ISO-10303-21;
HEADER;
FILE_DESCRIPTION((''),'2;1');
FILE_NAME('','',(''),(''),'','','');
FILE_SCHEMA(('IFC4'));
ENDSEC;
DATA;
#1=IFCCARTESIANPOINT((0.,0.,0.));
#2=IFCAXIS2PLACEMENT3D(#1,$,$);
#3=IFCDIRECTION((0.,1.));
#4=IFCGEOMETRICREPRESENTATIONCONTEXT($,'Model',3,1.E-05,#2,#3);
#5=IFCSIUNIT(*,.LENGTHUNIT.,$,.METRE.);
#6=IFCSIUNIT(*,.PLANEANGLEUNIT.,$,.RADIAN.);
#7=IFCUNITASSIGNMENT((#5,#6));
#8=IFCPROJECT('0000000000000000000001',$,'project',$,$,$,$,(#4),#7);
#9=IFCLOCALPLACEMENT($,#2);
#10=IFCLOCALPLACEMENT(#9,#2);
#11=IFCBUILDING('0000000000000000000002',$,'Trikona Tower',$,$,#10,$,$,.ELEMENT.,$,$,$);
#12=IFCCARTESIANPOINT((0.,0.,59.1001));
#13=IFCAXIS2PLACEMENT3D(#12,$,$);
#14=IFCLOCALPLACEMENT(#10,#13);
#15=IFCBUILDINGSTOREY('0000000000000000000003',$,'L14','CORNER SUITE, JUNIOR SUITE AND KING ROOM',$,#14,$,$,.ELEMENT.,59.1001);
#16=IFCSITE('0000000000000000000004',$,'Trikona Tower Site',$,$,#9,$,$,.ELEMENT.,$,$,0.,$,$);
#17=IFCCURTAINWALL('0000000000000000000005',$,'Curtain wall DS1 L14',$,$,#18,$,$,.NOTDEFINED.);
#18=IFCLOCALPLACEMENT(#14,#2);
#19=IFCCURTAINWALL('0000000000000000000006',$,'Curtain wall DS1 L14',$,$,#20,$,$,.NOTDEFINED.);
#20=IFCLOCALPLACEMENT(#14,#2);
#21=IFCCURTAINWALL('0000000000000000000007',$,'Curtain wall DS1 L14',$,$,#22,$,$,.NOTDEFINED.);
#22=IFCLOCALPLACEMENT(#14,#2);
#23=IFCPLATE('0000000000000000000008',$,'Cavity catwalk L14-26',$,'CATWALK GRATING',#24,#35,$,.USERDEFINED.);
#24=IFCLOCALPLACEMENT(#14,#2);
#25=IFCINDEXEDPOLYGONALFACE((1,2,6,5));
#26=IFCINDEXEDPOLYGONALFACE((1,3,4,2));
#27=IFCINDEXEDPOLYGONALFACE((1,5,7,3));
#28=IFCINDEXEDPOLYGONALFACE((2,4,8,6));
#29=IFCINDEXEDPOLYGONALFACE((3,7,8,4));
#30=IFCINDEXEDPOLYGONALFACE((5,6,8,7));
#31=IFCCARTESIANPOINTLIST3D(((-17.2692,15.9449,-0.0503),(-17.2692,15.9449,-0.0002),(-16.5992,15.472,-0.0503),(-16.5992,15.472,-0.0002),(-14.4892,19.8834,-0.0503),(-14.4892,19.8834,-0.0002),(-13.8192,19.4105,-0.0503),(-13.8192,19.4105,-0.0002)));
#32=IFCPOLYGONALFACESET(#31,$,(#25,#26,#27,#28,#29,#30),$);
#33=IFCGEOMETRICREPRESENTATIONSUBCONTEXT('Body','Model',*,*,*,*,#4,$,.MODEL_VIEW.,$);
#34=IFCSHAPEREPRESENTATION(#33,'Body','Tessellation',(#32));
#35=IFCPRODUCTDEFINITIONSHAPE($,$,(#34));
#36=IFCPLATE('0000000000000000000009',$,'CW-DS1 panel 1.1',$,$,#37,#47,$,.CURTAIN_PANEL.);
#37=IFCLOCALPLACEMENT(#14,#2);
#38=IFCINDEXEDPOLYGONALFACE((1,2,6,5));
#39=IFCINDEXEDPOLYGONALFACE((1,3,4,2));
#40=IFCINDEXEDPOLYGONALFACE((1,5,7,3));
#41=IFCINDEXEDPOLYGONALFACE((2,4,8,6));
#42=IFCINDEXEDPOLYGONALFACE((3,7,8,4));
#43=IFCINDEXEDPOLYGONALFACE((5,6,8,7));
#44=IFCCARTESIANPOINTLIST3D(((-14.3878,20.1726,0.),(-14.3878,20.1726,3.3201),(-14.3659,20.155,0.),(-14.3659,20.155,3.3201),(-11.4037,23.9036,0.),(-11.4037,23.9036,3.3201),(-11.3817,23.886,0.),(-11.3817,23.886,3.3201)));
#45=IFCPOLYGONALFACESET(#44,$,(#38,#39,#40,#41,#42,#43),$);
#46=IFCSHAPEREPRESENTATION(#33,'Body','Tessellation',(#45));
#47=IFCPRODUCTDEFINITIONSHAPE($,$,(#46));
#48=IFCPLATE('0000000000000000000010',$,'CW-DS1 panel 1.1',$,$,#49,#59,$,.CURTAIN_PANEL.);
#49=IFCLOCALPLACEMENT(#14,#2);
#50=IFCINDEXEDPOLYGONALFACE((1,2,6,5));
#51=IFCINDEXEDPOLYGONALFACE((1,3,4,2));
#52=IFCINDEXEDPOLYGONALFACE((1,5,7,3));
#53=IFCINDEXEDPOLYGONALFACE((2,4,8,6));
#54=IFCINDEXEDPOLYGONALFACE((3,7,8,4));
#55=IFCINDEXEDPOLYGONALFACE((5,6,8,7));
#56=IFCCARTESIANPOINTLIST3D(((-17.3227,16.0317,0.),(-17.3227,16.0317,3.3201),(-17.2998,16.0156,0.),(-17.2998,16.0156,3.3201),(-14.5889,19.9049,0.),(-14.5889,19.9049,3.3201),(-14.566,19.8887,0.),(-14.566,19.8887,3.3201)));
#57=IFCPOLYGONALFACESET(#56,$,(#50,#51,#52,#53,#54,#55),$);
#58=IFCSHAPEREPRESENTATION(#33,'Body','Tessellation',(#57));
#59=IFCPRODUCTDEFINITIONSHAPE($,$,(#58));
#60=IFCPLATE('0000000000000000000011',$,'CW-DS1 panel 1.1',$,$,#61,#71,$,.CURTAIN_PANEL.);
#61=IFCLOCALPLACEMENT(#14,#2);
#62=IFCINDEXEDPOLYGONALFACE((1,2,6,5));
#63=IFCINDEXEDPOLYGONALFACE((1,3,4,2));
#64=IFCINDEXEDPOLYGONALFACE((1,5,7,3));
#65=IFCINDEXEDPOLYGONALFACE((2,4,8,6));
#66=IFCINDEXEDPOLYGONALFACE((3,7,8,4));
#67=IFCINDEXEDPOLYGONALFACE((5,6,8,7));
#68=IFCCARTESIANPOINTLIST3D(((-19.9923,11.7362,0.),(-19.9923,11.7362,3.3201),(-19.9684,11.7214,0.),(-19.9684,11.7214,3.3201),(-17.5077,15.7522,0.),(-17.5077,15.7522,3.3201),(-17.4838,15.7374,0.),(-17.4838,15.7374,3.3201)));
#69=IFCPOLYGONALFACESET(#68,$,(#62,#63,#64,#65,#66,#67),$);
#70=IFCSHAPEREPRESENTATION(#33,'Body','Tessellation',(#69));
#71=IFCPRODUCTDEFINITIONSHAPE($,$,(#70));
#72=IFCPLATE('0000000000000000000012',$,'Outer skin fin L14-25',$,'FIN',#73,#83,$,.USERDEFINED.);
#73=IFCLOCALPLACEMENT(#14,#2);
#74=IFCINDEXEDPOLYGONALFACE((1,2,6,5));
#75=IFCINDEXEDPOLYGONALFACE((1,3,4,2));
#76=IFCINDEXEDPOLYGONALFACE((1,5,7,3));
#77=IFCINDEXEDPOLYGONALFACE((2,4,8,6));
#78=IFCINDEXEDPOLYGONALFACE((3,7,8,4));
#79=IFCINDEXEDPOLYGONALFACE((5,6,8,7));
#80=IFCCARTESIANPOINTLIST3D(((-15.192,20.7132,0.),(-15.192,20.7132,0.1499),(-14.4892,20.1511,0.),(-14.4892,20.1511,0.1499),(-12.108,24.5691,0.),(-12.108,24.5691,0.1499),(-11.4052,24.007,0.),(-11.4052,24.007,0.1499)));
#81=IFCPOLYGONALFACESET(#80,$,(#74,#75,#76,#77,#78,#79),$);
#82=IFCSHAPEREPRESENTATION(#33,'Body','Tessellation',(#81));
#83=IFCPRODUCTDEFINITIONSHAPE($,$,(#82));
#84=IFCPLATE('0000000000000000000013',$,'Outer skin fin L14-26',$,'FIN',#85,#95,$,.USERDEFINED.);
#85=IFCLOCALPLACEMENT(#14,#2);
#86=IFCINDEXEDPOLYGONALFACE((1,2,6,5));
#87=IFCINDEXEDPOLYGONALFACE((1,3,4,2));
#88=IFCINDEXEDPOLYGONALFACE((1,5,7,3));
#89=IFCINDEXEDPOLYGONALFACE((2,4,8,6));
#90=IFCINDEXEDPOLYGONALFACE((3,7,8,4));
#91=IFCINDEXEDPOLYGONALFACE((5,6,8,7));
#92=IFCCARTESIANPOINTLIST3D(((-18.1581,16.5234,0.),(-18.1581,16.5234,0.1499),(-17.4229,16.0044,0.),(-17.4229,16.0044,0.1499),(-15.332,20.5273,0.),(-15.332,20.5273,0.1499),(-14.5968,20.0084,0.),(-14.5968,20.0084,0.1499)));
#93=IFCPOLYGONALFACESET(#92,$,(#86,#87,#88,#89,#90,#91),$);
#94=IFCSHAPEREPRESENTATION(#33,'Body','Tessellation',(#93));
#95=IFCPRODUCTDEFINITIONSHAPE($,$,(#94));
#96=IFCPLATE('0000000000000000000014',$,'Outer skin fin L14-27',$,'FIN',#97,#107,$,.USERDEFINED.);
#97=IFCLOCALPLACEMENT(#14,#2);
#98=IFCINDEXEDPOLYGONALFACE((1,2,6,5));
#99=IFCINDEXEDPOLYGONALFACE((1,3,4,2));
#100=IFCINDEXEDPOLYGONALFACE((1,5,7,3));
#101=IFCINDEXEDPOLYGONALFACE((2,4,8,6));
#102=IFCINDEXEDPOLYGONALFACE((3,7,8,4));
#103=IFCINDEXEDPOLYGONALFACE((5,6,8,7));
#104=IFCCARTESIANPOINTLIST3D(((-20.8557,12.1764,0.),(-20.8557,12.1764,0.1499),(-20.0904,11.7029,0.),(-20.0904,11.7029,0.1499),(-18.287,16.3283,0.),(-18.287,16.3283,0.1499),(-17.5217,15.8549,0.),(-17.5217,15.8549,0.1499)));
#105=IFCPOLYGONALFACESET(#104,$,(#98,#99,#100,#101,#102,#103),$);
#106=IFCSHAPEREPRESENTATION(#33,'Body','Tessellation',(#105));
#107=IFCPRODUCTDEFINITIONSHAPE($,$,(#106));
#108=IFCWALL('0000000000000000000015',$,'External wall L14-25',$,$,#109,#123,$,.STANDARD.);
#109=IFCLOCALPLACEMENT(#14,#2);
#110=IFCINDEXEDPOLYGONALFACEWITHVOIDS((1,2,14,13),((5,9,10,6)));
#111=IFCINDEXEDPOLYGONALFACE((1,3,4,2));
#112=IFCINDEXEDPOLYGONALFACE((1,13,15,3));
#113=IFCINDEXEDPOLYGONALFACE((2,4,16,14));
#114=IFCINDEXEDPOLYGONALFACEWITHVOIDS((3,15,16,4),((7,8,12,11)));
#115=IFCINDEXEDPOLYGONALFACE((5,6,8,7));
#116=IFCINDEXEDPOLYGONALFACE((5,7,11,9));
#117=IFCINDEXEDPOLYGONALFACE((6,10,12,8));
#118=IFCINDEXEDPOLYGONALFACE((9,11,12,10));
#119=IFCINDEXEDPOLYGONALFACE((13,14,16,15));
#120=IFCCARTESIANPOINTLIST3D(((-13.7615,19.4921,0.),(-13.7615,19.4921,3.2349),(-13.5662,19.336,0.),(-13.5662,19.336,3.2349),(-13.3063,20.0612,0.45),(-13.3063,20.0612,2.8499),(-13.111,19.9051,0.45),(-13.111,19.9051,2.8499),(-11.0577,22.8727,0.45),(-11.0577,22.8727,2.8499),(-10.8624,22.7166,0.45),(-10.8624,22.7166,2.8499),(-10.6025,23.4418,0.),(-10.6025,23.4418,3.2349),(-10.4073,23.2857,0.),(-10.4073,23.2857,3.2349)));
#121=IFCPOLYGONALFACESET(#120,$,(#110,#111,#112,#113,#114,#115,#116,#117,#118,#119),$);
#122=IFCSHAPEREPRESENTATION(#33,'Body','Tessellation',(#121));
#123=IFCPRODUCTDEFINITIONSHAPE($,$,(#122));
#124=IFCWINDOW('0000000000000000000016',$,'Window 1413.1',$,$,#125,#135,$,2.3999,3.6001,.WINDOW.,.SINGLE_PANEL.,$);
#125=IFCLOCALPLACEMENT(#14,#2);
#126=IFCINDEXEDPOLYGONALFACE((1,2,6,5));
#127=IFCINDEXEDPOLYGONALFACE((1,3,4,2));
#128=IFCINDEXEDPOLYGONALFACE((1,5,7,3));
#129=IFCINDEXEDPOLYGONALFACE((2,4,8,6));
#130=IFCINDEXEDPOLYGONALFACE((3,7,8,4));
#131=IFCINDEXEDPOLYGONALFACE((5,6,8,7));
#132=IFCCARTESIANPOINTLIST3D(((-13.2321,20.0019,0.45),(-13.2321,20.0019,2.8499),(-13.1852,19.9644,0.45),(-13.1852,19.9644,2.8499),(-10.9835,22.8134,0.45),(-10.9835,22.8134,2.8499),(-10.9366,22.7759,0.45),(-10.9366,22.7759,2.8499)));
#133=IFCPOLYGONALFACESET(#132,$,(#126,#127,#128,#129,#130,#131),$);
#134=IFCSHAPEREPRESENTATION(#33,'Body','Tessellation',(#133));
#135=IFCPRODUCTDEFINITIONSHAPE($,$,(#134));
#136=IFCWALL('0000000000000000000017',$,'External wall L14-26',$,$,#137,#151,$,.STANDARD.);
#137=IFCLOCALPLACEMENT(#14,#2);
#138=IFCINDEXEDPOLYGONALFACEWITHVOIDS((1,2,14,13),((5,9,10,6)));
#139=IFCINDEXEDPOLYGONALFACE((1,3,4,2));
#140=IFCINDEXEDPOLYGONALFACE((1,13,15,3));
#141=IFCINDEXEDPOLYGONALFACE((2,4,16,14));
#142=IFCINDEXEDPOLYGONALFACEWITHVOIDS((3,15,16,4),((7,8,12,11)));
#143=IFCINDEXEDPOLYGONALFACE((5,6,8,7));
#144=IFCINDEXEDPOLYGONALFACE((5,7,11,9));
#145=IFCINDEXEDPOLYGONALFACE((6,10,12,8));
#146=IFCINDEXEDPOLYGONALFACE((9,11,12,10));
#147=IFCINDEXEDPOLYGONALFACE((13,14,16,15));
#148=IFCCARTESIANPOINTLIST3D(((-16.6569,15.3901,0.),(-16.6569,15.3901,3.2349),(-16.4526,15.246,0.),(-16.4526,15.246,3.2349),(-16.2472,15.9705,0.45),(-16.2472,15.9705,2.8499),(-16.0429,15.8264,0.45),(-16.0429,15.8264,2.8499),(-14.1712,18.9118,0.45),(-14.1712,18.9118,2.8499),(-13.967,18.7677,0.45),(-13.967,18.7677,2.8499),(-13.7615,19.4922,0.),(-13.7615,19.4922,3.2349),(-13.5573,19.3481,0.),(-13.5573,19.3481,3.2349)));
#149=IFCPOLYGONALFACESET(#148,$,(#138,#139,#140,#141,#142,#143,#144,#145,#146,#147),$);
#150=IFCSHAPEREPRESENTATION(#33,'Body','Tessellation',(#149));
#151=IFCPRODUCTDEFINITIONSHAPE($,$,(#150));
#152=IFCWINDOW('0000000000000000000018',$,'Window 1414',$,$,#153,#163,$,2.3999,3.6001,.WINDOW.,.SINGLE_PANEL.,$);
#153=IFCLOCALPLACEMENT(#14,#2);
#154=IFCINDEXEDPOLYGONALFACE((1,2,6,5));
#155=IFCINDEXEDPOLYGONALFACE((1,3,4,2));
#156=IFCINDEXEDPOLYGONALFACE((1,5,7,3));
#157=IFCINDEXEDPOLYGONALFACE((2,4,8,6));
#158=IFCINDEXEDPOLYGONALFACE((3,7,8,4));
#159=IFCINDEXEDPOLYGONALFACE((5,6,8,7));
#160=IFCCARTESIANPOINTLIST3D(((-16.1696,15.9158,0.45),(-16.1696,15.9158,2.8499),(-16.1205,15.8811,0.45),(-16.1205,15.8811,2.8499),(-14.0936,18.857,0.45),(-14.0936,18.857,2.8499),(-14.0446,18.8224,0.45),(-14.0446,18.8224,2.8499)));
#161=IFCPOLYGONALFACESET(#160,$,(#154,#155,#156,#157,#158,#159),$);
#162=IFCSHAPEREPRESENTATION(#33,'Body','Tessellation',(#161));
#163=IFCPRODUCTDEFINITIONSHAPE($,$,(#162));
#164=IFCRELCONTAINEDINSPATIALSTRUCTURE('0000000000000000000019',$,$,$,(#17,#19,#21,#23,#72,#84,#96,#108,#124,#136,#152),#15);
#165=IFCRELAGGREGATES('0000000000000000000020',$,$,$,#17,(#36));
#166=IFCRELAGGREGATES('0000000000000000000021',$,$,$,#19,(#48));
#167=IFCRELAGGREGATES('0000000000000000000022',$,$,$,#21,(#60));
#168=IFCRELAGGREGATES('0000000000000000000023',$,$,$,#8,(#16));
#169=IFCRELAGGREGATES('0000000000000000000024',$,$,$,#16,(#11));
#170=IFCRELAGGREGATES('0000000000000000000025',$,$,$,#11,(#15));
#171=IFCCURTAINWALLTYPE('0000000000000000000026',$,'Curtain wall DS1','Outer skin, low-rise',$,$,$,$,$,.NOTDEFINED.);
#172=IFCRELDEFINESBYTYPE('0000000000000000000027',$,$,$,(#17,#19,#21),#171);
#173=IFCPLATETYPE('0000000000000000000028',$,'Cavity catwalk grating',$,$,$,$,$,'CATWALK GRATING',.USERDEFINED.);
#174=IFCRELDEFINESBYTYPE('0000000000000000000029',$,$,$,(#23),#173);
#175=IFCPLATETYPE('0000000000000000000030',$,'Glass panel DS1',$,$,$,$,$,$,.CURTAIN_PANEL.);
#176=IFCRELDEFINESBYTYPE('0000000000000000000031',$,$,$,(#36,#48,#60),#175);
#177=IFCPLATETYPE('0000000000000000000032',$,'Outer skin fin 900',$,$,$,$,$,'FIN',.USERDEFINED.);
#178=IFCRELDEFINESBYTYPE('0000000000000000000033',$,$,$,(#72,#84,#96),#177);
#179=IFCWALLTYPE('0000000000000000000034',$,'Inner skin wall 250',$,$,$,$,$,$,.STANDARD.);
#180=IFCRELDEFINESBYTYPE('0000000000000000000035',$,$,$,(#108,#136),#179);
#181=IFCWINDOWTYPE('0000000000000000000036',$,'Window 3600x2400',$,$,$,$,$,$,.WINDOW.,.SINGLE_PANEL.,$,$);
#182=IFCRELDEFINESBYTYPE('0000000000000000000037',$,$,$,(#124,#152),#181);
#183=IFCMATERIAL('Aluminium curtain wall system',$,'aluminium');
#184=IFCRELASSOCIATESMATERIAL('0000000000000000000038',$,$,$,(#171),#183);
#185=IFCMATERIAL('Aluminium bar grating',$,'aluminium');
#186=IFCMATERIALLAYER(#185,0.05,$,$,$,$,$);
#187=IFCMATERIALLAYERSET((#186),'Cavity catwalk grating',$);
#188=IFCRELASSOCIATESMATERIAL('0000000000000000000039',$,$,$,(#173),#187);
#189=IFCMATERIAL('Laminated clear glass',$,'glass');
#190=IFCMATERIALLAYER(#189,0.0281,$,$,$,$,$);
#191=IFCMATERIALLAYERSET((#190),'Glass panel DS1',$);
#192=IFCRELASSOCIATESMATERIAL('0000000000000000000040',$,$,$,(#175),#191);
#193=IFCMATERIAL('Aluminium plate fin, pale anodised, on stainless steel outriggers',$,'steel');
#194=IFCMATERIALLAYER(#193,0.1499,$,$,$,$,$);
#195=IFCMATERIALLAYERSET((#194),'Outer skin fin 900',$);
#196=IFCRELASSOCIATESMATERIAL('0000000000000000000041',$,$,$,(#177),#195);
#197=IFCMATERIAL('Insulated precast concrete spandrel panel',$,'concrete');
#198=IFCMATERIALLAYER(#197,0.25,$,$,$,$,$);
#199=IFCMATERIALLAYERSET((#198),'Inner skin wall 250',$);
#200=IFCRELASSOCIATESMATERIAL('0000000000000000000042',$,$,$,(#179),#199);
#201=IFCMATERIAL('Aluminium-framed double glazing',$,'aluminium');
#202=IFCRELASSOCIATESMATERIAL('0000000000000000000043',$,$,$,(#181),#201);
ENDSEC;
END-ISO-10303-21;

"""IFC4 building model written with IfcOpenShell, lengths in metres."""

from ifc_helpers import new_model, si_unit, direction, frame, frame_2d, origin, origin_2d, place, context, subcontext, project, spatial, rectangle, extrude, material, layer, layer_set, type_object, element, fill, aggregate, save


model = new_model("IFC4")

# Units and contexts
model_context = context("Model", 3, precision=1e-05, world=origin(), true_north=direction((0.0, 1.0)))
body_context = subcontext(model_context, "Body", "Model", "MODEL_VIEW")
ifc_project = project(units=[si_unit("LENGTHUNIT", "METRE"), si_unit("PLANEANGLEUNIT", "RADIAN")], contexts=[model_context])

# Site, building, storey
site_placement = place(None, origin())
site = spatial("IfcSite", under=ifc_project, at=site_placement, Name="Trikona Tower Site", CompositionType="ELEMENT", RefElevation=0.0)
building_placement = place(site_placement, origin())
building = spatial("IfcBuilding", under=site, at=building_placement, Name="Trikona Tower", CompositionType="ELEMENT")
storey_placement = place(building_placement, frame((0.0, 0.0, 59.1001)))
storey = spatial("IfcBuildingStorey", under=building, at=storey_placement, Name="L14", Description="CORNER SUITE, JUNIOR SUITE AND KING ROOM", CompositionType="ELEMENT", Elevation=59.1001)

# Shared definitions
ifc_material_1 = material(Name="Aluminium curtain wall system", Category="aluminium")
curtain_wall_type = type_object("IfcCurtainWallType", Name="Curtain wall DS1", Description="Outer skin, low-rise", PredefinedType="NOTDEFINED", material=ifc_material_1)

# Curtain walls
curtain_wall_1_placement = place(storey_placement, origin())
curtain_wall_1 = element("IfcCurtainWall", 1, at=curtain_wall_1_placement, inside=storey, type_object=curtain_wall_type, Name="Curtain wall DS1 L14", PredefinedType="NOTDEFINED")
curtain_wall_2_placement = place(storey_placement, origin())
curtain_wall_2 = element("IfcCurtainWall", 2, at=curtain_wall_2_placement, inside=storey, type_object=curtain_wall_type, Name="Curtain wall DS1 L14", PredefinedType="NOTDEFINED")

# Curtain wall
curtain_wall_3_placement = place(storey_placement, origin())
curtain_wall_3 = element("IfcCurtainWall", 3, at=curtain_wall_3_placement, inside=storey, type_object=curtain_wall_type, Name="Curtain wall DS1 L14", PredefinedType="NOTDEFINED")

# Plate
ifc_material_2 = material(Name="Aluminium bar grating", Category="aluminium")
ifc_layer_1 = layer(ifc_material_2, 0.05)
ifc_layer_set_1 = layer_set([ifc_layer_1], Name="Cavity catwalk grating")
plate_type_1 = type_object("IfcPlateType", Name="Cavity catwalk grating", ElementType="CATWALK GRATING", PredefinedType="USERDEFINED", material=ifc_layer_set_1)
plate_1_placement = place(storey_placement, frame((-15.5442, 17.6777, -0.0503), z_axis=(0.0, 0.0, 1.0), x_axis=(-0.576662, -0.816983, 0.0)))
element("IfcPlate", 4, at=plate_1_placement, inside=storey, type_object=plate_type_1, Name="Cavity catwalk L14-26", ObjectType="CATWALK GRATING", PredefinedType="USERDEFINED", context=body_context, shape_type="SweptSolid", body=[
    extrude(rectangle(XDim=4.8208, YDim=0.8201, at=origin_2d()), origin(), (0.0, 0.0, 1.0), 0.05),
])

# Plates
ifc_material_3 = material(Name="Laminated clear glass", Category="glass")
ifc_layer_2 = layer(ifc_material_3, 0.0281)
ifc_layer_set_2 = layer_set([ifc_layer_2], Name="Glass panel DS1")
plate_type_2 = type_object("IfcPlateType", Name="Glass panel DS1", PredefinedType="CURTAIN_PANEL", material=ifc_layer_set_2)
plate_2_placement = place(storey_placement, frame((-12.8848, 22.0293, 0.0), z_axis=(0.0, 0.0, 1.0), x_axis=(-0.624609, -0.780938, 0.0)))
plate_2 = element("IfcPlate", 5, at=plate_2_placement, type_object=plate_type_2, Name="CW-DS1 panel 1.1", PredefinedType="CURTAIN_PANEL", context=body_context, shape_type="SweptSolid", body=[
    extrude(rectangle(XDim=4.7776, YDim=0.0281, at=origin_2d()), origin(), (0.0, 0.0, 1.0), 3.3201),
])
aggregate(curtain_wall_1, [plate_2])
plate_3_placement = place(storey_placement, frame((-15.9443, 17.9602, 0.0), z_axis=(0.0, 0.0, 1.0), x_axis=(-0.576658, -0.816985, 0.0)))
plate_3 = element("IfcPlate", 6, at=plate_3_placement, type_object=plate_type_2, Name="CW-DS1 panel 1.1", PredefinedType="CURTAIN_PANEL", context=body_context, shape_type="SweptSolid", body=[
    extrude(rectangle(XDim=4.7407, YDim=0.0281, at=origin_2d()), origin(), (0.0, 0.0, 1.0), 3.3201),
])
aggregate(curtain_wall_2, [plate_3])
plate_4_placement = place(storey_placement, frame((-18.738, 13.7368, 0.0), z_axis=(0.0, 0.0, 1.0), x_axis=(-0.52612, -0.85041, 0.0)))
plate_4 = element("IfcPlate", 7, at=plate_4_placement, type_object=plate_type_2, Name="CW-DS1 panel 1.1", PredefinedType="CURTAIN_PANEL", context=body_context, shape_type="SweptSolid", body=[
    extrude(rectangle(XDim=4.7224, YDim=0.0281, at=origin_2d()), origin(), (0.0, 0.0, 1.0), 3.3201),
])
aggregate(curtain_wall_3, [plate_4])

# Plates
ifc_material_4 = material(Name="Aluminium plate fin, pale anodised, on stainless steel outriggers", Category="steel")
ifc_layer_3 = layer(ifc_material_4, 0.1499)
ifc_layer_set_3 = layer_set([ifc_layer_3], Name="Outer skin fin 900")
plate_type_3 = type_object("IfcPlateType", Name="Outer skin fin 900", ElementType="FIN", PredefinedType="USERDEFINED", material=ifc_layer_set_3)
plate_5_placement = place(storey_placement, frame((-13.2986, 22.3601, 0.0), z_axis=(0.0, 0.0, 1.0), x_axis=(-0.624604, -0.780942, 0.0)))
element("IfcPlate", 8, at=plate_5_placement, inside=storey, type_object=plate_type_3, Name="Outer skin fin L14-25", ObjectType="FIN", PredefinedType="USERDEFINED", context=body_context, shape_type="SweptSolid", body=[
    extrude(rectangle(XDim=4.9375, YDim=0.8999, at=origin_2d()), origin(), (0.0, 0.0, 1.0), 0.1499),
])
plate_6_placement = place(storey_placement, frame((-16.3774, 18.2659, 0.0), z_axis=(0.0, 0.0, 1.0), x_axis=(-0.576662, -0.816983, 0.0)))
element("IfcPlate", 9, at=plate_6_placement, inside=storey, type_object=plate_type_3, Name="Outer skin fin L14-26", ObjectType="FIN", PredefinedType="USERDEFINED", context=body_context, shape_type="SweptSolid", body=[
    extrude(rectangle(XDim=4.9009, YDim=0.8999, at=origin_2d()), origin(), (0.0, 0.0, 1.0), 0.1499),
])
plate_7_placement = place(storey_placement, frame((-19.1887, 14.0156, 0.0), z_axis=(0.0, 0.0, 1.0), x_axis=(-0.526119, -0.850411, 0.0)))
element("IfcPlate", 10, at=plate_7_placement, inside=storey, type_object=plate_type_3, Name="Outer skin fin L14-27", ObjectType="FIN", PredefinedType="USERDEFINED", context=body_context, shape_type="SweptSolid", body=[
    extrude(rectangle(XDim=4.8823, YDim=0.8999, at=origin_2d()), origin(), (0.0, 0.0, 1.0), 0.1499),
])

# Walls, openings, windows
ifc_material_5 = material(Name="Insulated precast concrete spandrel panel", Category="concrete")
ifc_layer_4 = layer(ifc_material_5, 0.25)
ifc_layer_set_4 = layer_set([ifc_layer_4], Name="Inner skin wall 250")
wall_type = type_object("IfcWallType", Name="Inner skin wall 250", PredefinedType="STANDARD", material=ifc_layer_set_4)
wall_1_placement = place(storey_placement, frame((-10.5049, 23.3638, 0.0), z_axis=(0.0, 0.0, 1.0), x_axis=(-0.624595, -0.780949, 0.0)))
wall_1 = element("IfcWall", 11, at=wall_1_placement, inside=storey, type_object=wall_type, Name="External wall L14-25", PredefinedType="STANDARD", context=body_context, shape_type="SweptSolid", body=[
    extrude(rectangle(XDim=5.0576, YDim=0.25, at=frame_2d((2.5288, 0.0))), origin(), (0.0, 0.0, 1.0), 3.2349),
])
opening_1_placement = place(wall_1_placement, frame((0.7288, 0.0, 0.45)))
opening_1 = element("IfcOpeningElement", 12, at=opening_1_placement, cuts=wall_1, PredefinedType="OPENING", context=body_context, shape_type="SweptSolid", body=[
    extrude(rectangle(XDim=3.6001, YDim=2.3999, at=frame_2d((1.8, 1.2))), frame((0.0, 0.135, 0.0), z_axis=(0.0, -1.0, 0.0), x_axis=(1.0, 0.0, 0.0)), (0.0, 0.0, 1.0), 0.27),
])
ifc_material_6 = material(Name="Aluminium-framed double glazing", Category="aluminium")
window_type = type_object("IfcWindowType", Name="Window 3600x2400", PartitioningType="SINGLE_PANEL", PredefinedType="WINDOW", material=ifc_material_6)
window_1_placement = place(opening_1_placement, origin())
window_1 = element("IfcWindow", 13, at=window_1_placement, inside=storey, type_object=window_type, Name="Window 1413.1", OverallHeight=2.3999, OverallWidth=3.6001, PartitioningType="SINGLE_PANEL", PredefinedType="WINDOW", context=body_context, shape_type="SweptSolid", body=[
    extrude(rectangle(XDim=3.6001, YDim=2.3999, at=frame_2d((1.8, 1.2))), frame((0.0, 0.03, 0.0), z_axis=(0.0, -1.0, 0.0), x_axis=(1.0, 0.0, 0.0)), (0.0, 0.0, 1.0), 0.0601),
])
fill(opening_1, window_1)
wall_2_placement = place(storey_placement, frame((-13.6594, 19.4202, 0.0), z_axis=(0.0, 0.0, 1.0), x_axis=(-0.576643, -0.816996, 0.0)))
wall_2 = element("IfcWall", 14, at=wall_2_placement, inside=storey, type_object=wall_type, Name="External wall L14-26", PredefinedType="STANDARD", context=body_context, shape_type="SweptSolid", body=[
    extrude(rectangle(XDim=5.021, YDim=0.25, at=frame_2d((2.5105, 0.0))), origin(), (0.0, 0.0, 1.0), 3.2349),
])
opening_2_placement = place(wall_2_placement, frame((0.7104, 0.0, 0.45)))
opening_2 = element("IfcOpeningElement", 15, at=opening_2_placement, cuts=wall_2, PredefinedType="OPENING", context=body_context, shape_type="SweptSolid", body=[
    extrude(rectangle(XDim=3.6001, YDim=2.3999, at=frame_2d((1.8, 1.2))), frame((0.0, 0.135, 0.0), z_axis=(0.0, -1.0, 0.0), x_axis=(1.0, 0.0, 0.0)), (0.0, 0.0, 1.0), 0.27),
])
window_2_placement = place(opening_2_placement, origin())
window_2 = element("IfcWindow", 16, at=window_2_placement, inside=storey, type_object=window_type, Name="Window 1414", OverallHeight=2.3999, OverallWidth=3.6001, PartitioningType="SINGLE_PANEL", PredefinedType="WINDOW", context=body_context, shape_type="SweptSolid", body=[
    extrude(rectangle(XDim=3.6001, YDim=2.3999, at=frame_2d((1.8, 1.2))), frame((0.0, 0.03, 0.0), z_axis=(0.0, -1.0, 0.0), x_axis=(1.0, 0.0, 0.0)), (0.0, 0.0, 1.0), 0.0601),
])
fill(opening_2, window_2)

save(model, "model.ifc")
